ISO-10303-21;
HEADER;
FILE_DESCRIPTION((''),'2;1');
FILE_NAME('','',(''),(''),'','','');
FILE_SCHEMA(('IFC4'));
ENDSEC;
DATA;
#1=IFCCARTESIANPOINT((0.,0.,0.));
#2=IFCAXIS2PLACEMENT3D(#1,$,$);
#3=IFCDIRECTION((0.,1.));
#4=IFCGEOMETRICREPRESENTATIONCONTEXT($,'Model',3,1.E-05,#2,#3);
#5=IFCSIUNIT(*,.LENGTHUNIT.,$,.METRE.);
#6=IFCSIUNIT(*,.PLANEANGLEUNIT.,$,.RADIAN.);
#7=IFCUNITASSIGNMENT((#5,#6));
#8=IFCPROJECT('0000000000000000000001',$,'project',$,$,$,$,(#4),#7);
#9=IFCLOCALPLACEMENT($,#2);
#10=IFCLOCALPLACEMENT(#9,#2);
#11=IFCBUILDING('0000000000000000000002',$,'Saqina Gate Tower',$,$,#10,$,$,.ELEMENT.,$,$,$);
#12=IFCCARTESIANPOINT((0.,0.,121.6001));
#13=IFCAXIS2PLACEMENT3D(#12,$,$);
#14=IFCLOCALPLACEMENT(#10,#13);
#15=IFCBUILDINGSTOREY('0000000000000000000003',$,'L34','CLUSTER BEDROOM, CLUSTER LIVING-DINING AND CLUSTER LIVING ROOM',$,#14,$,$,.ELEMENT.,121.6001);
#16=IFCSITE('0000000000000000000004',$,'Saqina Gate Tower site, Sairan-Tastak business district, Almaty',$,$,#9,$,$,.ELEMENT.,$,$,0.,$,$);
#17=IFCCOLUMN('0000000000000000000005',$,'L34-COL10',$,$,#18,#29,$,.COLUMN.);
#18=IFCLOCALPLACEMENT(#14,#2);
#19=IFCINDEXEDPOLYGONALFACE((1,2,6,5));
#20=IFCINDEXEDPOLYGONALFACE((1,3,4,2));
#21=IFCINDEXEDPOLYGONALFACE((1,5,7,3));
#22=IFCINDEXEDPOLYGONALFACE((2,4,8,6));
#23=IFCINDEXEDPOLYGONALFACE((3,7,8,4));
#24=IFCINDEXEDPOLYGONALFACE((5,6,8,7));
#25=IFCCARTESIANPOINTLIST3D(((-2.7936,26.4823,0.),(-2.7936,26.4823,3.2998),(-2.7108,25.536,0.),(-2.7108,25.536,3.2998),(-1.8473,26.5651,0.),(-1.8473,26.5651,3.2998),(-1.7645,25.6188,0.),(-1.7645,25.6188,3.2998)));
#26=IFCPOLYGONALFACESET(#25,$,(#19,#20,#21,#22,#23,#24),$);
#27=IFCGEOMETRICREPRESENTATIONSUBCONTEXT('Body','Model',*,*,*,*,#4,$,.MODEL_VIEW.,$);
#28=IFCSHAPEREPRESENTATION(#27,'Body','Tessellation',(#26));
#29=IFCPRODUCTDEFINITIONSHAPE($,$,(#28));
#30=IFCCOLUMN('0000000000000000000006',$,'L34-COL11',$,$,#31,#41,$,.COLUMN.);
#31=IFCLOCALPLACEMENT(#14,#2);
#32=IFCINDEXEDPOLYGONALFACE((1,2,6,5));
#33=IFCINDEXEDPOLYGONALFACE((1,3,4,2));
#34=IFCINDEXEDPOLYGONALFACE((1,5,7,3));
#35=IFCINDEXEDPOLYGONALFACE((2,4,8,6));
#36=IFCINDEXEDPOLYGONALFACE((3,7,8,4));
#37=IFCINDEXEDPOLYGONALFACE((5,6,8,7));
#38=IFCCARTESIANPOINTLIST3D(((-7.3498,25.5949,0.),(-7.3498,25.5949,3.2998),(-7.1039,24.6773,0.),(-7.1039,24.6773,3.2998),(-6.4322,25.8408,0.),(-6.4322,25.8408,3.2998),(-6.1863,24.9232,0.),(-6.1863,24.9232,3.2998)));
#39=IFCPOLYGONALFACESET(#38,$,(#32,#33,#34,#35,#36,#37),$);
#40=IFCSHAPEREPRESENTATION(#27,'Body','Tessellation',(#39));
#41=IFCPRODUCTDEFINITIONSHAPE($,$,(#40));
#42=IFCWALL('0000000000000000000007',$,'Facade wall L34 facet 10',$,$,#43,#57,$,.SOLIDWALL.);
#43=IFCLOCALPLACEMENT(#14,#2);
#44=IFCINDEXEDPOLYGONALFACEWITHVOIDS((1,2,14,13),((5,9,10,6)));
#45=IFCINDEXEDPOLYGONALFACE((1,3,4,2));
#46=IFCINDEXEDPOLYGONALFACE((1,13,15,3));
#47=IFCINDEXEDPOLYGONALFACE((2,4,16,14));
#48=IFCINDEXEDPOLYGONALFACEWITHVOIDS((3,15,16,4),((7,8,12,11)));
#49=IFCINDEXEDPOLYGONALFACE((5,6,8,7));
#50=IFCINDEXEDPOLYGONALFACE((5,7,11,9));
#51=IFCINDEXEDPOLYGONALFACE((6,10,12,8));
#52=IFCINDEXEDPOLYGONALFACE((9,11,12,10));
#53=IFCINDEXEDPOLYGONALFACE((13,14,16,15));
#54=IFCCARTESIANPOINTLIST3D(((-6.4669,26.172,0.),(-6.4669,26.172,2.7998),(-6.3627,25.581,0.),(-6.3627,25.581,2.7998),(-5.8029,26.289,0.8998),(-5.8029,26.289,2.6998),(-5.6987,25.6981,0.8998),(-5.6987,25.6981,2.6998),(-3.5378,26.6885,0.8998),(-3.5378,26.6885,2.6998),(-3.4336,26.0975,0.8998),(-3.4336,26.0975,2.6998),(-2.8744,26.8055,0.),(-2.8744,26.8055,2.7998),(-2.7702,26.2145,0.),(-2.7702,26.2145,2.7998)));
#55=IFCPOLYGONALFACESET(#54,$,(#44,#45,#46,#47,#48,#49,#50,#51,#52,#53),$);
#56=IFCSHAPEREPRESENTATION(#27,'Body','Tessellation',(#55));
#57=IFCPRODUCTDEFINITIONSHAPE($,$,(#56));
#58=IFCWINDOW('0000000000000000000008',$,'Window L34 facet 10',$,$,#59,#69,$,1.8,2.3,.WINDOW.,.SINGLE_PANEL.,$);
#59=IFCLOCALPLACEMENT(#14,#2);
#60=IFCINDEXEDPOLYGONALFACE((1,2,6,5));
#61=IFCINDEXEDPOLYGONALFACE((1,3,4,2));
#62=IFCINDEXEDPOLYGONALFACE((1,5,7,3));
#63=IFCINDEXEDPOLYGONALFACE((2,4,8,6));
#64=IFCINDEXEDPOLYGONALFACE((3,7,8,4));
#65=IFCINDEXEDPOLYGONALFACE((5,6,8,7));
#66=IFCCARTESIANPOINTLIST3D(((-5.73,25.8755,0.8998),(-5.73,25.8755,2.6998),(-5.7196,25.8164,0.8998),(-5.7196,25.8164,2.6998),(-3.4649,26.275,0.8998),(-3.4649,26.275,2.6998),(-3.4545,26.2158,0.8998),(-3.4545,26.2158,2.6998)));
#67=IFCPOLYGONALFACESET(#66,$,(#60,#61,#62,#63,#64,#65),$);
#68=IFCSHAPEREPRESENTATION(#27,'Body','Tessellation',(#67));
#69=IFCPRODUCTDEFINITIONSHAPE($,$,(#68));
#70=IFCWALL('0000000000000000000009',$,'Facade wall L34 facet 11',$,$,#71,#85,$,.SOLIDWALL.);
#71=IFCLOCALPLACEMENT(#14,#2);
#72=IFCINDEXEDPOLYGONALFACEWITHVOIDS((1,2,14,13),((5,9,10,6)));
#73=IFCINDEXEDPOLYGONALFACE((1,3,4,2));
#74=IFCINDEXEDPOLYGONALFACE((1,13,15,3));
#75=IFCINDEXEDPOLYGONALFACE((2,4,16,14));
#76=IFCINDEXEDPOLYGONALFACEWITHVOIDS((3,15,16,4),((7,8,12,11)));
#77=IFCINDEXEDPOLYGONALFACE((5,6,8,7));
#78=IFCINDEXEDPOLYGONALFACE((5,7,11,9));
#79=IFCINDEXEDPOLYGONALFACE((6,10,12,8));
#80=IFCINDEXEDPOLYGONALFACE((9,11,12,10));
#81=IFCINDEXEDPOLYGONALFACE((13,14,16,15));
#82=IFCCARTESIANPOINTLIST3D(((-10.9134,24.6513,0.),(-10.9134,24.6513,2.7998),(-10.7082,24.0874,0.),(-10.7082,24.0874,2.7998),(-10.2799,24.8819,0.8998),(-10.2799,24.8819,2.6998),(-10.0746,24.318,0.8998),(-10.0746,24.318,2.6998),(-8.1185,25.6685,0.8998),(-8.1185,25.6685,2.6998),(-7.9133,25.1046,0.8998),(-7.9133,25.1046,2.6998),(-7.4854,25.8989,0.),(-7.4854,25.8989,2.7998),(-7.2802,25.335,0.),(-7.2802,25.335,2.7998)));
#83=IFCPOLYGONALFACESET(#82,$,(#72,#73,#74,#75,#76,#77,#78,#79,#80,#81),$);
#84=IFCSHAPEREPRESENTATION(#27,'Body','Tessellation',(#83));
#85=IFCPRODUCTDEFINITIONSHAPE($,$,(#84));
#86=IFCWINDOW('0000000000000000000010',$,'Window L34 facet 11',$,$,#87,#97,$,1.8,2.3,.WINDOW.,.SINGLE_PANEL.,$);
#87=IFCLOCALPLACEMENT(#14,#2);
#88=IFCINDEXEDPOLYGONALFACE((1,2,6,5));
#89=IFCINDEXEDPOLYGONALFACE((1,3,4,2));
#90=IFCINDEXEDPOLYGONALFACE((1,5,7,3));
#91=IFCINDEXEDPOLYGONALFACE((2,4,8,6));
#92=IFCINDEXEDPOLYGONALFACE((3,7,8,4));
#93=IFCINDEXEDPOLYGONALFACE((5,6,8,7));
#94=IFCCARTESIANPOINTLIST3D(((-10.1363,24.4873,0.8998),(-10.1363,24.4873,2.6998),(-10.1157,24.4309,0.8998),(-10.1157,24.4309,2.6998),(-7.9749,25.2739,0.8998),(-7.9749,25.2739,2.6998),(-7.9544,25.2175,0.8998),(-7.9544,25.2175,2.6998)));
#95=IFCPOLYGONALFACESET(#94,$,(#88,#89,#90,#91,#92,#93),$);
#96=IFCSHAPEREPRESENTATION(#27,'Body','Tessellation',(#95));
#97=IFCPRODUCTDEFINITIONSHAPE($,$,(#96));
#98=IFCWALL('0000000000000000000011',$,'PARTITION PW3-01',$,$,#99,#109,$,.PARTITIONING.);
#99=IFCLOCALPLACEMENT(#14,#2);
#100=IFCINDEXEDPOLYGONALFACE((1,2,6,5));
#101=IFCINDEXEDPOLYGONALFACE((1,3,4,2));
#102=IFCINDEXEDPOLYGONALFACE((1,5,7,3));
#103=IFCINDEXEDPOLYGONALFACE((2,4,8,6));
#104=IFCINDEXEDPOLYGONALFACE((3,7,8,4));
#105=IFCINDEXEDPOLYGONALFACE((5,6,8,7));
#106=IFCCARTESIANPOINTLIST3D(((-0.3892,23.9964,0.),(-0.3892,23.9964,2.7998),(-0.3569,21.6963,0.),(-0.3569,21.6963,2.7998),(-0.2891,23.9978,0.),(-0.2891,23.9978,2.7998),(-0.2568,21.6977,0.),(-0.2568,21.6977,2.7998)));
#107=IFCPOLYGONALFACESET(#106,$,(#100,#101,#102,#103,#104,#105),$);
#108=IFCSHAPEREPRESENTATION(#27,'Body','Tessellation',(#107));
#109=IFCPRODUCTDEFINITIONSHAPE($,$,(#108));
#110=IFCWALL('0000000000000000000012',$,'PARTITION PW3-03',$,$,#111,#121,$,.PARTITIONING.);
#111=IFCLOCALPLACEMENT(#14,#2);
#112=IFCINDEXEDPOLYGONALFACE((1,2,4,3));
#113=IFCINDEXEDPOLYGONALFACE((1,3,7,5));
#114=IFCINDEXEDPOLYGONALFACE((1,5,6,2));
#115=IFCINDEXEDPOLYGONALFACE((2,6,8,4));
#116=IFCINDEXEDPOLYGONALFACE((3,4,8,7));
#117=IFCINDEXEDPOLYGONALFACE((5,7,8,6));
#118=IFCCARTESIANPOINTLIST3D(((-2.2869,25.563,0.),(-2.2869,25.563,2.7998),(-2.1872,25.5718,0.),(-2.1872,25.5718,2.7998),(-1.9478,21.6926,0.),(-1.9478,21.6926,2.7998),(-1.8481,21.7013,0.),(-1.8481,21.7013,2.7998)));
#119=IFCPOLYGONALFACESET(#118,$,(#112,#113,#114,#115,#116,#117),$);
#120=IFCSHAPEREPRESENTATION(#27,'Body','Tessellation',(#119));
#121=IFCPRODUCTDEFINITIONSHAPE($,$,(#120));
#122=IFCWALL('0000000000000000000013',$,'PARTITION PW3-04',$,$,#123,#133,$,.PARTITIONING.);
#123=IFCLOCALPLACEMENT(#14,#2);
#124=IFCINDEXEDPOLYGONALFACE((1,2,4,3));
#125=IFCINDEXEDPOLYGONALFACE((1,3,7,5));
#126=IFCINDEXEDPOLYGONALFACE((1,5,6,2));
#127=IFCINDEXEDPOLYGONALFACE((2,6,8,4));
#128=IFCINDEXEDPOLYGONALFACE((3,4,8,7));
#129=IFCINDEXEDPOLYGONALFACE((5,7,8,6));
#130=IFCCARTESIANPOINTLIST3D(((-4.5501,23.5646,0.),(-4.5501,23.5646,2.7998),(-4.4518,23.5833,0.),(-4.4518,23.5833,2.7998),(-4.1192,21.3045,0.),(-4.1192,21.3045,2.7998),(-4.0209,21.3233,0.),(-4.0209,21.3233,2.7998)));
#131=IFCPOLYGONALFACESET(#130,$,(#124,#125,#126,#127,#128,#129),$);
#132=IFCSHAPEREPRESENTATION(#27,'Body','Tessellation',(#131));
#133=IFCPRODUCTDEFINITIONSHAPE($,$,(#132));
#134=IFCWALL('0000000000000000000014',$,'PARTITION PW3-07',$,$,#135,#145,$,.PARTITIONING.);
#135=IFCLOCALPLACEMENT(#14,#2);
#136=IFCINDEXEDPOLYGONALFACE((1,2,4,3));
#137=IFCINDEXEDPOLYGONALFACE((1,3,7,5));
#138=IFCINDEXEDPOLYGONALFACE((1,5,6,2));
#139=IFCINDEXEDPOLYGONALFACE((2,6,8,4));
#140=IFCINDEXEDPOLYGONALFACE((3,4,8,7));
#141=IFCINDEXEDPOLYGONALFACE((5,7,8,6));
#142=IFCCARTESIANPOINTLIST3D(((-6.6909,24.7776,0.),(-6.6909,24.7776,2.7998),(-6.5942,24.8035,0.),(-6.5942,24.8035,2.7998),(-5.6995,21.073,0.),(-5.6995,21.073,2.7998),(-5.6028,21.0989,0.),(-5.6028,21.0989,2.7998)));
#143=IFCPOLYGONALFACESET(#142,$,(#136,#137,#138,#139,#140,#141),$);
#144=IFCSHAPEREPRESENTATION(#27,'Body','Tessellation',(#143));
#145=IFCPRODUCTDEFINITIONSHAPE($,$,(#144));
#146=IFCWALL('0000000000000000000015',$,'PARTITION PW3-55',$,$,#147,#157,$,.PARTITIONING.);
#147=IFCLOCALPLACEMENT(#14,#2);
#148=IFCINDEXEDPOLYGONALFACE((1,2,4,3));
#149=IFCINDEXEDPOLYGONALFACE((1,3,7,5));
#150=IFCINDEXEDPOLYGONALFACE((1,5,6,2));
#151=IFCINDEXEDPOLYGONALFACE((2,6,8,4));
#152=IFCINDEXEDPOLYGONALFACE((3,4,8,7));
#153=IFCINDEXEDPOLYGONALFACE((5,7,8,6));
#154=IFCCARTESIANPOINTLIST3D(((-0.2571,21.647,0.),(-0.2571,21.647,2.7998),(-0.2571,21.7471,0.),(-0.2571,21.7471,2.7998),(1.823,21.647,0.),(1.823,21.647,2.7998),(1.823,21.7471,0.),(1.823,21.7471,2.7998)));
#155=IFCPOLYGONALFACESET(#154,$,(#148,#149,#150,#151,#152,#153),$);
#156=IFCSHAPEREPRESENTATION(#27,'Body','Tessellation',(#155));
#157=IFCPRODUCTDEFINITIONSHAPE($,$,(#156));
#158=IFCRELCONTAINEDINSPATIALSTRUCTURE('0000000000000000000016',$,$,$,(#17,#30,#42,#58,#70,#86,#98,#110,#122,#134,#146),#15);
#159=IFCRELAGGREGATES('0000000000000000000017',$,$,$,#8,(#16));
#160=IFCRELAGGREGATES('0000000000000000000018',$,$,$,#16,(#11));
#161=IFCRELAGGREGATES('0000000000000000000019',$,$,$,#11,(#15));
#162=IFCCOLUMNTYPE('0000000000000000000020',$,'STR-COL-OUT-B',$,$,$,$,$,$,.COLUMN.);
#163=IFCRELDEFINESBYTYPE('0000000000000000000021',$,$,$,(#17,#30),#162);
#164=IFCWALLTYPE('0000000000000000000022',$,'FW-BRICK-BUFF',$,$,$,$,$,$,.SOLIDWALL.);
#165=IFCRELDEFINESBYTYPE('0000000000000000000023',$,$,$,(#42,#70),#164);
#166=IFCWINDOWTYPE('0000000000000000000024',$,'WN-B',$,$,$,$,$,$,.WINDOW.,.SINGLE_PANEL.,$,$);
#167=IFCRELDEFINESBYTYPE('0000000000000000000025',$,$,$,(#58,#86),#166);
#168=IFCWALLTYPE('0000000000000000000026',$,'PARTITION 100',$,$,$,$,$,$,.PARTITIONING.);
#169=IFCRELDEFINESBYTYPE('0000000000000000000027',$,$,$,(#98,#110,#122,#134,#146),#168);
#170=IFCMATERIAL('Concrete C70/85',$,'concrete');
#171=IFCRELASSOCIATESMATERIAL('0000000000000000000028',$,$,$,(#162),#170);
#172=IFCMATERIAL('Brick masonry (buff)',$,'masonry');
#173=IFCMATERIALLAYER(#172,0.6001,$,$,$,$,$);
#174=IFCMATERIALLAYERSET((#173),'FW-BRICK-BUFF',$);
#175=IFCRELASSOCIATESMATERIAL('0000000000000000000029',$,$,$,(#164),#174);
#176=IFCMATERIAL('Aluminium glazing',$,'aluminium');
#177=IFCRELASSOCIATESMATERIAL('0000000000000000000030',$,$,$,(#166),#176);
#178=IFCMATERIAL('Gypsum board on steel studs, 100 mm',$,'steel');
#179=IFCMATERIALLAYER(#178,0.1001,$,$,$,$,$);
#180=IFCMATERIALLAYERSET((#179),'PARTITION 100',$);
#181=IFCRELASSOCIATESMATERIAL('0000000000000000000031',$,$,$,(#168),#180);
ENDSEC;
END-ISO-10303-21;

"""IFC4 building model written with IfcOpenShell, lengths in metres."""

from ifc_helpers import new_model, si_unit, direction, frame, frame_2d, origin, origin_2d, place, context, subcontext, project, spatial, rectangle, extrude, material, layer, layer_set, material_profile, profile_set, type_object, element, fill, save


model = new_model("IFC4")

# Units and contexts
model_context = context("Model", 3, precision=1e-05, world=origin(), true_north=direction((0.0, 1.0)))
body_context = subcontext(model_context, "Body", "Model", "MODEL_VIEW")
ifc_project = project(units=[si_unit("LENGTHUNIT", "METRE"), si_unit("PLANEANGLEUNIT", "RADIAN")], contexts=[model_context])

# Site, building, storey
site_placement = place(None, origin())
site = spatial("IfcSite", under=ifc_project, at=site_placement, Name="Saqina Gate Tower site, Sairan-Tastak business district, Almaty", CompositionType="ELEMENT", RefElevation=0.0)
building_placement = place(site_placement, origin())
building = spatial("IfcBuilding", under=site, at=building_placement, Name="Saqina Gate Tower", CompositionType="ELEMENT")
storey_placement = place(building_placement, frame((0.0, 0.0, 121.6001)))
storey = spatial("IfcBuildingStorey", under=building, at=storey_placement, Name="L34", Description="CLUSTER BEDROOM, CLUSTER LIVING-DINING AND CLUSTER LIVING ROOM", CompositionType="ELEMENT", Elevation=121.6001)

# Columns
ifc_material_1 = material(Name="Concrete C70/85", Category="concrete")
ifc_material_profile = material_profile(ifc_material_1, rectangle(XDim=0.95, YDim=0.95, at=origin_2d()), Name="RC 950x950")
ifc_profile_set = profile_set([ifc_material_profile], Name="Concrete C70/85")
column_type = type_object("IfcColumnType", Name="STR-COL-OUT-B", PredefinedType="COLUMN", material=ifc_profile_set)
for number, where, z_axis, x_axis, name in (
    (1, (-2.2791, 26.0505, 0.0), (0.0, 0.0, 1.0), (-0.087156, 0.996195, 0.0), "L34-COL10"),
    (2, (-6.7681, 25.259, 0.0), (0.0, 0.0, 1.0), (-0.258819, 0.965926, 0.0), "L34-COL11"),
):
    element("IfcColumn", number, at=place(storey_placement, frame(where, z_axis=z_axis, x_axis=x_axis)), inside=storey, type_object=column_type, Name=name, PredefinedType="COLUMN", context=body_context, shape_type="SweptSolid", body=[
        extrude(rectangle(XDim=0.95, YDim=0.95, at=origin_2d()), origin(), (0.0, 0.0, 1.0), 3.2998),
    ])

# Walls, openings, windows
ifc_material_2 = material(Name="Brick masonry (buff)", Category="masonry")
ifc_layer_1 = layer(ifc_material_2, 0.6001)
ifc_layer_set_1 = layer_set([ifc_layer_1], Name="FW-BRICK-BUFF")
wall_type_1 = type_object("IfcWallType", Name="FW-BRICK-BUFF", PredefinedType="SOLIDWALL", material=ifc_layer_set_1)
wall_1_placement = place(storey_placement, frame((-2.8223, 26.51, 0.0), z_axis=(0.0, 0.0, 1.0), x_axis=(-0.984804, -0.173671, 0.0)))
wall_1 = element("IfcWall", 3, at=wall_1_placement, inside=storey, type_object=wall_type_1, Name="Facade wall L34 facet 10", PredefinedType="SOLIDWALL", context=body_context, shape_type="SweptSolid", body=[
    extrude(rectangle(XDim=3.6479, YDim=0.6001, at=frame_2d((1.824, 0.0))), origin(), (0.0, 0.0, 1.0), 2.7998),
])
opening_1_placement = place(wall_1_placement, frame((0.6738, 0.0, 0.8999)))
opening_1 = element("IfcOpeningElement", 4, at=opening_1_placement, cuts=wall_1, PredefinedType="OPENING", context=body_context, shape_type="SweptSolid", body=[
    extrude(rectangle(XDim=2.3, YDim=1.8, at=frame_2d((1.1499, 0.8999))), frame((0.0, 0.312, 0.0), z_axis=(0.0, -1.0, 0.0), x_axis=(1.0, 0.0, 0.0)), (0.0, 0.0, 1.0), 0.624),
])
ifc_material_3 = material(Name="Aluminium glazing", Category="aluminium")
window_type = type_object("IfcWindowType", Name="WN-B", PartitioningType="SINGLE_PANEL", PredefinedType="WINDOW", material=ifc_material_3)
window_1_placement = place(opening_1_placement, origin())
window_1 = element("IfcWindow", 5, at=window_1_placement, inside=storey, type_object=window_type, Name="Window L34 facet 10", OverallHeight=1.8, OverallWidth=2.3, PartitioningType="SINGLE_PANEL", PredefinedType="WINDOW", context=body_context, shape_type="SweptSolid", body=[
    extrude(rectangle(XDim=2.3, YDim=1.8, at=frame_2d((1.1499, 0.8999))), frame((0.0, 0.1799, 0.0), z_axis=(0.0, -1.0, 0.0), x_axis=(1.0, 0.0, 0.0)), (0.0, 0.0, 1.0), 0.0601),
])
fill(opening_1, window_1)
wall_2_placement = place(storey_placement, frame((-7.3828, 25.6169, 0.0), z_axis=(0.0, 0.0, 1.0), x_axis=(-0.939704, -0.34199, 0.0)))
wall_2 = element("IfcWall", 6, at=wall_2_placement, inside=storey, type_object=wall_type_1, Name="Facade wall L34 facet 11", PredefinedType="SOLIDWALL", context=body_context, shape_type="SweptSolid", body=[
    extrude(rectangle(XDim=3.6479, YDim=0.6001, at=frame_2d((1.824, 0.0))), origin(), (0.0, 0.0, 1.0), 2.7998),
])
opening_2_placement = place(wall_2_placement, frame((0.6738, 0.0, 0.8999)))
opening_2 = element("IfcOpeningElement", 7, at=opening_2_placement, cuts=wall_2, PredefinedType="OPENING", context=body_context, shape_type="SweptSolid", body=[
    extrude(rectangle(XDim=2.3, YDim=1.8, at=frame_2d((1.1499, 0.8999))), frame((0.0, 0.312, 0.0), z_axis=(0.0, -1.0, 0.0), x_axis=(1.0, 0.0, 0.0)), (0.0, 0.0, 1.0), 0.624),
])
window_2_placement = place(opening_2_placement, origin())
window_2 = element("IfcWindow", 8, at=window_2_placement, inside=storey, type_object=window_type, Name="Window L34 facet 11", OverallHeight=1.8, OverallWidth=2.3, PartitioningType="SINGLE_PANEL", PredefinedType="WINDOW", context=body_context, shape_type="SweptSolid", body=[
    extrude(rectangle(XDim=2.3, YDim=1.8, at=frame_2d((1.1499, 0.8999))), frame((0.0, 0.1799, 0.0), z_axis=(0.0, -1.0, 0.0), x_axis=(1.0, 0.0, 0.0)), (0.0, 0.0, 1.0), 0.0601),
])
fill(opening_2, window_2)

# Walls
ifc_material_4 = material(Name="Gypsum board on steel studs, 100 mm", Category="steel")
ifc_layer_2 = layer(ifc_material_4, 0.1001)
ifc_layer_set_2 = layer_set([ifc_layer_2], Name="PARTITION 100")
wall_type_2 = type_object("IfcWallType", Name="PARTITION 100", PredefinedType="PARTITIONING", material=ifc_layer_set_2)
wall_3_placement = place(storey_placement, frame((-0.3391, 23.9971, 0.0), z_axis=(0.0, 0.0, 1.0), x_axis=(0.01401, -0.999902, 0.0)))
element("IfcWall", 9, at=wall_3_placement, inside=storey, type_object=wall_type_2, Name="PARTITION PW3-01", PredefinedType="PARTITIONING", context=body_context, shape_type="SweptSolid", body=[
    extrude(rectangle(XDim=2.3003, YDim=0.1001, at=frame_2d((1.1501, 0.0))), origin(), (0.0, 0.0, 1.0), 2.7998),
])
wall_4_placement = place(storey_placement, frame((-2.2371, 25.5674, 0.0), z_axis=(0.0, 0.0, 1.0), x_axis=(0.087283, -0.996184, 0.0)))
element("IfcWall", 10, at=wall_4_placement, inside=storey, type_object=wall_type_2, Name="PARTITION PW3-03", PredefinedType="PARTITIONING", context=body_context, shape_type="SweptSolid", body=[
    extrude(rectangle(XDim=3.8853, YDim=0.1001, at=frame_2d((1.9426, 0.0))), origin(), (0.0, 0.0, 1.0), 2.7998),
])
wall_5_placement = place(storey_placement, frame((-4.501, 23.574, 0.0), z_axis=(0.0, 0.0, 1.0), x_axis=(0.187293, -0.982304, 0.0)))
element("IfcWall", 11, at=wall_5_placement, inside=storey, type_object=wall_type_2, Name="PARTITION PW3-04", PredefinedType="PARTITIONING", context=body_context, shape_type="SweptSolid", body=[
    extrude(rectangle(XDim=2.3008, YDim=0.1001, at=frame_2d((1.1504, 0.0))), origin(), (0.0, 0.0, 1.0), 2.7998),
])
wall_6_placement = place(storey_placement, frame((-6.6426, 24.7905, 0.0), z_axis=(0.0, 0.0, 1.0), x_axis=(0.25853, -0.966003, 0.0)))
element("IfcWall", 12, at=wall_6_placement, inside=storey, type_object=wall_type_2, Name="PARTITION PW3-07", PredefinedType="PARTITIONING", context=body_context, shape_type="SweptSolid", body=[
    extrude(rectangle(XDim=3.835, YDim=0.1001, at=frame_2d((1.9175, 0.0))), origin(), (0.0, 0.0, 1.0), 2.7998),
])
wall_7_placement = place(storey_placement, frame((-0.2571, 21.697, 0.0), z_axis=(0.0, 0.0, 1.0), x_axis=(1.0, 0.0, 0.0)))
element("IfcWall", 13, at=wall_7_placement, inside=storey, type_object=wall_type_2, Name="PARTITION PW3-55", PredefinedType="PARTITIONING", context=body_context, shape_type="SweptSolid", body=[
    extrude(rectangle(XDim=2.0801, YDim=0.1001, at=frame_2d((1.04, 0.0))), origin(), (0.0, 0.0, 1.0), 2.7998),
])

save(model, "model.ifc")
